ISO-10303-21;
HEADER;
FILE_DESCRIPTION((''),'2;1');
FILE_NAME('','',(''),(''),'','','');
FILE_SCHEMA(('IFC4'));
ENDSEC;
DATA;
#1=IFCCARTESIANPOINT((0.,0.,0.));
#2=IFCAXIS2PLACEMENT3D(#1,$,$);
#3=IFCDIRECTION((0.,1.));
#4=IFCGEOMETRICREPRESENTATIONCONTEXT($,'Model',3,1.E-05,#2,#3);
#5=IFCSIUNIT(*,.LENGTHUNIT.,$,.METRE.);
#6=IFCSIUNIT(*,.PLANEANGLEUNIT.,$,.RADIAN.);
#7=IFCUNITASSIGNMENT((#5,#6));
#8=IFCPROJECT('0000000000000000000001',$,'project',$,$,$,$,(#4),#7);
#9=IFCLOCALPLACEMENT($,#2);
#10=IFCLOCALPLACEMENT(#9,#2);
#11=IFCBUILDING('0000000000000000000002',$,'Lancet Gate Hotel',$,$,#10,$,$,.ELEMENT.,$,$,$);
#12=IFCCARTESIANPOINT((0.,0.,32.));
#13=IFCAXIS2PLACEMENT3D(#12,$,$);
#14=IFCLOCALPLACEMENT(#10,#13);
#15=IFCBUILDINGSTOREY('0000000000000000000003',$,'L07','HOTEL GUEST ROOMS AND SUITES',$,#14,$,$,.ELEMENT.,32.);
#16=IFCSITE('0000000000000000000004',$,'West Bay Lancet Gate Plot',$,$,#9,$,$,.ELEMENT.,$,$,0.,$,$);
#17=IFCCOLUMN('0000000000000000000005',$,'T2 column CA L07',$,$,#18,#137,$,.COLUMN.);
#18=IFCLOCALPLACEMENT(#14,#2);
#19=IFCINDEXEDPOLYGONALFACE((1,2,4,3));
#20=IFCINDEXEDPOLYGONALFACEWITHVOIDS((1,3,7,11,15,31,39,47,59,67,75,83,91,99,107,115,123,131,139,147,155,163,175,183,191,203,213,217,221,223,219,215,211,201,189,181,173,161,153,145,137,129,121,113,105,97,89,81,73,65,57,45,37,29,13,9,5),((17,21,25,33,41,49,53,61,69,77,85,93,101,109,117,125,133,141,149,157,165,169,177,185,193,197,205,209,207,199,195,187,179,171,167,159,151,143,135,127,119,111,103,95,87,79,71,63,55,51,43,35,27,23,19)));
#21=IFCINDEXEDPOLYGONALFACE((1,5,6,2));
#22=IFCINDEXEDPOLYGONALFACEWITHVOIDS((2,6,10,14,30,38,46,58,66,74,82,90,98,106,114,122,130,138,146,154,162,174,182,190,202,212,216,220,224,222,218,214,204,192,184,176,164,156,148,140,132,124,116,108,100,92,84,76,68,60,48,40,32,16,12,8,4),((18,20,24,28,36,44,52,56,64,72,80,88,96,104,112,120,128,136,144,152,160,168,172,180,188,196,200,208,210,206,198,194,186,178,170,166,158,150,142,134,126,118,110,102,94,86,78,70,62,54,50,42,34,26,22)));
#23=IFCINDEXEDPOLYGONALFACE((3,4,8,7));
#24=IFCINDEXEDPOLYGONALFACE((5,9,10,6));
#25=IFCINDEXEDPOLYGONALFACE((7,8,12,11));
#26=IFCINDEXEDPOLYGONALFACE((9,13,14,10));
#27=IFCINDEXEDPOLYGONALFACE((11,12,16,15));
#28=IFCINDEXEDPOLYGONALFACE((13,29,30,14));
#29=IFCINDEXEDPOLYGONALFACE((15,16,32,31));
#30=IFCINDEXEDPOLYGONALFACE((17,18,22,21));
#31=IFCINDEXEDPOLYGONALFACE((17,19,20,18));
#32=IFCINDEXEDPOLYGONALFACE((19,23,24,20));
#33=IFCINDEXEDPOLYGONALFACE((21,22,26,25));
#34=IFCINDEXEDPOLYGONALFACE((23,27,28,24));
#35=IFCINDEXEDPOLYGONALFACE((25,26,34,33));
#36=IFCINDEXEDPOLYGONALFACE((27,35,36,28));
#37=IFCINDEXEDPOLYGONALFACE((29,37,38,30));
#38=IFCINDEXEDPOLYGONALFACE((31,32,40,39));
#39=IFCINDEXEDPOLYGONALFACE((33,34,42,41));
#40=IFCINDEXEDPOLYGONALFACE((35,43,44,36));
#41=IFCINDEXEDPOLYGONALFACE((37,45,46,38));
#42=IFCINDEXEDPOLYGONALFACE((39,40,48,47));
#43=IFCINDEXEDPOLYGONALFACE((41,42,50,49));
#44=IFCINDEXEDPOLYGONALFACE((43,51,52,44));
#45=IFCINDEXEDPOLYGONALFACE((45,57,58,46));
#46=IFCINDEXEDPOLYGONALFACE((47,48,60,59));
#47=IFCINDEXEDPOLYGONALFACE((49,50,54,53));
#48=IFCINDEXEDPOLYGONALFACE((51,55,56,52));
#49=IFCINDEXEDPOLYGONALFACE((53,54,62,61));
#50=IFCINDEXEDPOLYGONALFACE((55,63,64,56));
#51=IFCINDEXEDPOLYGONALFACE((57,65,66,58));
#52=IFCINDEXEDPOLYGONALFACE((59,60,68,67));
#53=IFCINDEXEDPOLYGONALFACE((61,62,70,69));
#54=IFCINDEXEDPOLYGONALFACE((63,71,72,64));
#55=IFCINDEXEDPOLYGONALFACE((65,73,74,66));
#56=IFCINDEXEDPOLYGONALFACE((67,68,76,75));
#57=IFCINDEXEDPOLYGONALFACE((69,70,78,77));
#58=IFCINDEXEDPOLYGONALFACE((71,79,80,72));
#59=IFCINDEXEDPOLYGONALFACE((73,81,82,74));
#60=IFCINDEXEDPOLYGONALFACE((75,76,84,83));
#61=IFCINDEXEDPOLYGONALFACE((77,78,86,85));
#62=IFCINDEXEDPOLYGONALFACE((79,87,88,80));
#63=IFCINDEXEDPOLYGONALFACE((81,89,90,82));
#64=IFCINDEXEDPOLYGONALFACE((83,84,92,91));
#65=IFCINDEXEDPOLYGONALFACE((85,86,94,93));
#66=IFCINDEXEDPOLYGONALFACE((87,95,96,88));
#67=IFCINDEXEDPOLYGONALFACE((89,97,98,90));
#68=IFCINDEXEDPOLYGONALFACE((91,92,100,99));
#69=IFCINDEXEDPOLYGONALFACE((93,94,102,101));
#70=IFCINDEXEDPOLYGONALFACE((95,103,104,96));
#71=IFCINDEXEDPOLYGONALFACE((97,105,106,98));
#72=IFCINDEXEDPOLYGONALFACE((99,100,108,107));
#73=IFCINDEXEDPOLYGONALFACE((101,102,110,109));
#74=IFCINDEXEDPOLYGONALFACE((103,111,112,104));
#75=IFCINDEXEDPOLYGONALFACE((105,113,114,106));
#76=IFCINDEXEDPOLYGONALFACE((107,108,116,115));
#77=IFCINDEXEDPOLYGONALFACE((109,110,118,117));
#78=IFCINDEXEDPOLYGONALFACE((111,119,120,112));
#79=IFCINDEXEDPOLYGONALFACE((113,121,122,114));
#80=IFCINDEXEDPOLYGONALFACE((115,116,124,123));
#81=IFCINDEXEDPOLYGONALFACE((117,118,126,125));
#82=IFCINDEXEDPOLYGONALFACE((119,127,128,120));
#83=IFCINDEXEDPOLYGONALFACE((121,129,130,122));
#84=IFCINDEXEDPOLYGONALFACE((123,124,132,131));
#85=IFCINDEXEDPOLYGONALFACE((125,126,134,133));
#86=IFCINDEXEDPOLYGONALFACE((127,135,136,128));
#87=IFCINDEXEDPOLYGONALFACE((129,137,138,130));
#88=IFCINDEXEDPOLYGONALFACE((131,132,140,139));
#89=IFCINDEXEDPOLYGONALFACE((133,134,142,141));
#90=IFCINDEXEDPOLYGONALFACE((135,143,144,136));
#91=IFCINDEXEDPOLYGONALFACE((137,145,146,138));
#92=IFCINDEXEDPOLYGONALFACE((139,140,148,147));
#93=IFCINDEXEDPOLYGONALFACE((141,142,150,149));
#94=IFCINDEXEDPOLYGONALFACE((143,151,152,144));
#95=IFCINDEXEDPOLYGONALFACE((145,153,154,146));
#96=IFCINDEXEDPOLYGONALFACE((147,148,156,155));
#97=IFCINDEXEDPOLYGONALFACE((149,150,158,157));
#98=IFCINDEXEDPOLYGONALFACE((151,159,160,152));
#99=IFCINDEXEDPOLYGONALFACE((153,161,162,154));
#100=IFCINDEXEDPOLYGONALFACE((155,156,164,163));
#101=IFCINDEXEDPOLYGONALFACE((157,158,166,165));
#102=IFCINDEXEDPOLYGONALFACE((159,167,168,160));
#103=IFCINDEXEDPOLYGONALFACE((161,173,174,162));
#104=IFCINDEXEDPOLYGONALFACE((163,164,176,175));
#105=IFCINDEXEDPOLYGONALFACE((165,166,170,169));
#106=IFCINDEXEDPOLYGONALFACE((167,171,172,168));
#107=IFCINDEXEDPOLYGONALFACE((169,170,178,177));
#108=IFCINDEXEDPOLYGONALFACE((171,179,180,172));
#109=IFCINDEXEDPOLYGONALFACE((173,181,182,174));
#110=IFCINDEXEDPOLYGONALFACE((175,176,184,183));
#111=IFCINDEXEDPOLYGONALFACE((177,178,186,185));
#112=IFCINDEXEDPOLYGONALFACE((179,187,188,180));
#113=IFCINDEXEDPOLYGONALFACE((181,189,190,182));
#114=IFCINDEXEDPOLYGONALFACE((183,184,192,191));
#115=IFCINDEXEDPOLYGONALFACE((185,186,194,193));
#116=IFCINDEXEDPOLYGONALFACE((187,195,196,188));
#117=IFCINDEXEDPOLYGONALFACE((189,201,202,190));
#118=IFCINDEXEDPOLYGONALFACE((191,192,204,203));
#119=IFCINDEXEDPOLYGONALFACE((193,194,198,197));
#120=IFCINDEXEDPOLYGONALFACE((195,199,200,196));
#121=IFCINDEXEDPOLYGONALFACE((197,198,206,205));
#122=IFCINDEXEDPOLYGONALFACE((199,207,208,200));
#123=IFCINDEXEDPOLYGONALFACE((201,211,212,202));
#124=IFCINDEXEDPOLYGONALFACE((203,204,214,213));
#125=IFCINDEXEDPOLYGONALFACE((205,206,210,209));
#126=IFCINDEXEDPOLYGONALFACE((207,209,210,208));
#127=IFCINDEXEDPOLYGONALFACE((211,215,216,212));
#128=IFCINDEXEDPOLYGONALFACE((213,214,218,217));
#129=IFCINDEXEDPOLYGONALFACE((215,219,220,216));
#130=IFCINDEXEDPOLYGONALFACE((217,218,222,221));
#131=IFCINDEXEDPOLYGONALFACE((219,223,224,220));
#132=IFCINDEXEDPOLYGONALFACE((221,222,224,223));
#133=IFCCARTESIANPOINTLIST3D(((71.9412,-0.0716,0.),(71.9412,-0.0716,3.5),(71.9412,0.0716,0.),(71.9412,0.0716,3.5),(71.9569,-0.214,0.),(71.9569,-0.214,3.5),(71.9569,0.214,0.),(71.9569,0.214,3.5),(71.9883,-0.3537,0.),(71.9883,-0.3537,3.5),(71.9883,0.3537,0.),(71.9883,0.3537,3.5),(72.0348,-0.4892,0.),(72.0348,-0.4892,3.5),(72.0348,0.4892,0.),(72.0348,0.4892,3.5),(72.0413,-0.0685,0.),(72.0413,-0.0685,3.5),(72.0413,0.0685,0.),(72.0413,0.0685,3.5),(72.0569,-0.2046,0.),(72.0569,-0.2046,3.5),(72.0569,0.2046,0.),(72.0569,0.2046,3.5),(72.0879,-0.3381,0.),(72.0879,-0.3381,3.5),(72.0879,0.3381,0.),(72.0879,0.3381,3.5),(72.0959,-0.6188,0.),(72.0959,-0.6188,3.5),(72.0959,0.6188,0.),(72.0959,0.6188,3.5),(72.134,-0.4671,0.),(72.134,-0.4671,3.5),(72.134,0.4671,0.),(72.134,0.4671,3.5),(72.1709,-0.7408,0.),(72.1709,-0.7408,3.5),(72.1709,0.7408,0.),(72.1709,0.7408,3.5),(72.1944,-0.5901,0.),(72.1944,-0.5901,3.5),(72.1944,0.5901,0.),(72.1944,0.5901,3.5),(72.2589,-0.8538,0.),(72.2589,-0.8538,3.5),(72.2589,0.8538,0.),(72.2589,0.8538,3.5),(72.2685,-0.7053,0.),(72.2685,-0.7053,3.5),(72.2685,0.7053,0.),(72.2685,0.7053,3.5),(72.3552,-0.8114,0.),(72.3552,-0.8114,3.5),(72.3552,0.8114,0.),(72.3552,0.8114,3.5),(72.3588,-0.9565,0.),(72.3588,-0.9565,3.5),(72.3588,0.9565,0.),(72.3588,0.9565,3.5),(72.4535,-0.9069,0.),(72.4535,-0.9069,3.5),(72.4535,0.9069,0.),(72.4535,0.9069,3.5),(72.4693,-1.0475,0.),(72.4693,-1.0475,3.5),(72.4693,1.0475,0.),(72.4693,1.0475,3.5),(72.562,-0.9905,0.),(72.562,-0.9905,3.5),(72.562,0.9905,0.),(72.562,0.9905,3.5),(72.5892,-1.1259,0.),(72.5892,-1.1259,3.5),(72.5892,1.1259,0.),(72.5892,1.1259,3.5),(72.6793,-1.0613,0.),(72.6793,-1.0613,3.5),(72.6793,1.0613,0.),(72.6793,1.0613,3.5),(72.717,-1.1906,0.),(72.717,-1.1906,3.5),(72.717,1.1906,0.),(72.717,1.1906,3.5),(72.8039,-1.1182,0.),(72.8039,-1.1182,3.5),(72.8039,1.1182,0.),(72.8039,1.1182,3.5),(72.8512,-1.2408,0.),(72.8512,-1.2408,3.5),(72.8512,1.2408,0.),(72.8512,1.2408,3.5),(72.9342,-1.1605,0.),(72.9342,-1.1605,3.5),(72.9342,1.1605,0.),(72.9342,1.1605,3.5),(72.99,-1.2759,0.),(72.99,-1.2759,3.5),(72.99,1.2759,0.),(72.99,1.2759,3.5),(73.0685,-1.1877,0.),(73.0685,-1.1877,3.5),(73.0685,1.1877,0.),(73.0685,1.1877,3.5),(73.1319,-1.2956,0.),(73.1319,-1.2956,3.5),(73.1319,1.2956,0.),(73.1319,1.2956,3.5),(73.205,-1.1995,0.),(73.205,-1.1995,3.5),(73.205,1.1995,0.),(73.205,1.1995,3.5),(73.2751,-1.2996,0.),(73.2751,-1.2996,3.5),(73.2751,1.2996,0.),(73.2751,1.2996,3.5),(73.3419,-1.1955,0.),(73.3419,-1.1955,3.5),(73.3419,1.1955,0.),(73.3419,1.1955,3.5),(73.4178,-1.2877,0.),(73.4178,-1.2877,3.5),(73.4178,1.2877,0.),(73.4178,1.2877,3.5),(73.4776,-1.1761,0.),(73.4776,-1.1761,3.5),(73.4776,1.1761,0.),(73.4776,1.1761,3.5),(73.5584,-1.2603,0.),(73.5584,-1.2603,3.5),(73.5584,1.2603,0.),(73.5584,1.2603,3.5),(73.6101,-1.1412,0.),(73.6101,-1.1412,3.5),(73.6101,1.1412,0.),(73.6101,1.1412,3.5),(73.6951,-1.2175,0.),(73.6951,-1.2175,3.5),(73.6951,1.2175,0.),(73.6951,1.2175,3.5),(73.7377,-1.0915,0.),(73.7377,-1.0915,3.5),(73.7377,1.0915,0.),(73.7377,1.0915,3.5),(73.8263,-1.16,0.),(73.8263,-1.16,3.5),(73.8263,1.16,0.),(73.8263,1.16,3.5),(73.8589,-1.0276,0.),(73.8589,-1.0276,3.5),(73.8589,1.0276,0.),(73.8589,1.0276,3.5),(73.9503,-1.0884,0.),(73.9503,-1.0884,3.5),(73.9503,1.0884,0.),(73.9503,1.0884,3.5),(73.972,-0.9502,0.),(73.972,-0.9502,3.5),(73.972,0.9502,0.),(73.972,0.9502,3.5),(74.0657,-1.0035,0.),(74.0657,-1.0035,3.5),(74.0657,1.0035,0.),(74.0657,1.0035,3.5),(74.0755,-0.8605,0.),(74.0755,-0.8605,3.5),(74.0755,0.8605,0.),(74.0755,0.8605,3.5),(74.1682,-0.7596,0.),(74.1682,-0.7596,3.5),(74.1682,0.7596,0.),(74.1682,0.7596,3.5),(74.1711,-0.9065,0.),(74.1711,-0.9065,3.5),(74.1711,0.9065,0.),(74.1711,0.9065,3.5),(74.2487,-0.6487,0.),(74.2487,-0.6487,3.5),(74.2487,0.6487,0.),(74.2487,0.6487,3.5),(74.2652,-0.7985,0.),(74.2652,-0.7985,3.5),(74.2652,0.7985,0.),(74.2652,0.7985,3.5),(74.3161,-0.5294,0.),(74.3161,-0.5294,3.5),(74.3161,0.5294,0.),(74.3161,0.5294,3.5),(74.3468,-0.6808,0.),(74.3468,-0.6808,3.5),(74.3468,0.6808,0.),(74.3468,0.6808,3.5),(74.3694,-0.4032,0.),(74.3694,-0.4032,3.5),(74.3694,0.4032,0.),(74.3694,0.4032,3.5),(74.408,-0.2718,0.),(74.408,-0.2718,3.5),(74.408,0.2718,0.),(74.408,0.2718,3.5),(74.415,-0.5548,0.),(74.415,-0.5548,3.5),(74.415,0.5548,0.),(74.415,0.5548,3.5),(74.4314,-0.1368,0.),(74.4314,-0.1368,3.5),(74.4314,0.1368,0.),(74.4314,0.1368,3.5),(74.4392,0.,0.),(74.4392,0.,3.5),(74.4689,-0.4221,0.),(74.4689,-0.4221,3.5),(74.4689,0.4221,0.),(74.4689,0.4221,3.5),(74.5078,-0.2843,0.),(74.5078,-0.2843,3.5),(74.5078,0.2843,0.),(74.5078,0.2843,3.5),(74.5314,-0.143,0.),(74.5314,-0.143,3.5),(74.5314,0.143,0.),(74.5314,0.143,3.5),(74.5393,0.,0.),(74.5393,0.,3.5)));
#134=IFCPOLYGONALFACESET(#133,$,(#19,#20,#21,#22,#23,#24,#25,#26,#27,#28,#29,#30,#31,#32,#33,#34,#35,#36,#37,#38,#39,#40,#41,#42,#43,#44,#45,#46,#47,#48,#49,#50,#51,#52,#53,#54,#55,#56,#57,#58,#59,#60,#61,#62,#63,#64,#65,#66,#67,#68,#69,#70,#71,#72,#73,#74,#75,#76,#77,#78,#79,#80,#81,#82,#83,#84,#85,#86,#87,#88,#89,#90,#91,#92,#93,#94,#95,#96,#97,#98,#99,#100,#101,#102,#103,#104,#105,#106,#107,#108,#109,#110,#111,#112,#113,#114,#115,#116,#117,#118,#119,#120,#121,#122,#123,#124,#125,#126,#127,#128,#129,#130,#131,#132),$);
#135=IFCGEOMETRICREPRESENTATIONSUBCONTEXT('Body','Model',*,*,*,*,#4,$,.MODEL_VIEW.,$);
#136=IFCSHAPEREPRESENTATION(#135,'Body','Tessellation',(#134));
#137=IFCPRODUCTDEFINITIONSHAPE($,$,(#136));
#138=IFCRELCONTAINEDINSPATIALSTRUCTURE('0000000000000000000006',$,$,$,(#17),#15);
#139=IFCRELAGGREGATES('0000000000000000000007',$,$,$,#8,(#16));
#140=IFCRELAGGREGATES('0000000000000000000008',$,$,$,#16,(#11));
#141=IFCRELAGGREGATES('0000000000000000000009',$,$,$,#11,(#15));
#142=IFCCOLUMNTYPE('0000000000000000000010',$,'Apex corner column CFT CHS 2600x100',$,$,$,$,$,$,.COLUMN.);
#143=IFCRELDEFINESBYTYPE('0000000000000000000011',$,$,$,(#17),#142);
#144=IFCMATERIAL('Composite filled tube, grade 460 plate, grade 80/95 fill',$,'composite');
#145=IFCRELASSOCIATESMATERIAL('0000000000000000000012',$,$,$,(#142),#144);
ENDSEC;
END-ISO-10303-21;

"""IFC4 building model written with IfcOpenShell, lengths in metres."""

from ifc_helpers import new_model, si_unit, direction, frame, origin, origin_2d, place, context, subcontext, project, spatial, hollow_circle, extrude, material, material_profile, profile_set, type_object, element, save


model = new_model("IFC4")

# Units and contexts
model_context = context("Model", 3, precision=1e-05, world=origin(), true_north=direction((0.0, 1.0)))
body_context = subcontext(model_context, "Body", "Model", "MODEL_VIEW")
ifc_project = project(units=[si_unit("LENGTHUNIT", "METRE"), si_unit("PLANEANGLEUNIT", "RADIAN")], contexts=[model_context])

# Site, building, storey
site_placement = place(None, origin())
site = spatial("IfcSite", under=ifc_project, at=site_placement, Name="West Bay Lancet Gate Plot", CompositionType="ELEMENT", RefElevation=0.0)
building_placement = place(site_placement, origin())
building = spatial("IfcBuilding", under=site, at=building_placement, Name="Lancet Gate Hotel", CompositionType="ELEMENT")
storey_placement = place(building_placement, frame((0.0, 0.0, 32.0)))
storey = spatial("IfcBuildingStorey", under=building, at=storey_placement, Name="L07", Description="HOTEL GUEST ROOMS AND SUITES", CompositionType="ELEMENT", Elevation=32.0)

# Column
ifc_material_1 = material(Name="Composite filled tube, grade 460 plate, grade 80/95 fill", Category="composite")
ifc_material_profile_1 = material_profile(ifc_material_1, hollow_circle(Radius=1.3, WallThickness=0.1001, at=origin_2d()), Name="CHS 2600x100")
ifc_profile_set_1 = profile_set([ifc_material_profile_1], Name="Composite filled tube, grade 460 plate, grade 80/95 fill")
column_type_1 = type_object("IfcColumnType", Name="Apex corner column CFT CHS 2600x100", PredefinedType="COLUMN", material=ifc_profile_set_1)
column_1_placement = place(storey_placement, frame((73.2393, 0.0, 0.0), z_axis=(0.0, 0.0, 1.0), x_axis=(1.0, 0.0, 0.0)))
element("IfcColumn", 1, at=column_1_placement, inside=storey, type_object=column_type_1, Name="T2 column CA L07", PredefinedType="COLUMN", context=body_context, shape_type="SweptSolid", body=[
    extrude(hollow_circle(Radius=1.3, WallThickness=0.1001, at=origin_2d()), origin(), (0.0, 0.0, 1.0), 3.5),
])

save(model, "model.ifc")
